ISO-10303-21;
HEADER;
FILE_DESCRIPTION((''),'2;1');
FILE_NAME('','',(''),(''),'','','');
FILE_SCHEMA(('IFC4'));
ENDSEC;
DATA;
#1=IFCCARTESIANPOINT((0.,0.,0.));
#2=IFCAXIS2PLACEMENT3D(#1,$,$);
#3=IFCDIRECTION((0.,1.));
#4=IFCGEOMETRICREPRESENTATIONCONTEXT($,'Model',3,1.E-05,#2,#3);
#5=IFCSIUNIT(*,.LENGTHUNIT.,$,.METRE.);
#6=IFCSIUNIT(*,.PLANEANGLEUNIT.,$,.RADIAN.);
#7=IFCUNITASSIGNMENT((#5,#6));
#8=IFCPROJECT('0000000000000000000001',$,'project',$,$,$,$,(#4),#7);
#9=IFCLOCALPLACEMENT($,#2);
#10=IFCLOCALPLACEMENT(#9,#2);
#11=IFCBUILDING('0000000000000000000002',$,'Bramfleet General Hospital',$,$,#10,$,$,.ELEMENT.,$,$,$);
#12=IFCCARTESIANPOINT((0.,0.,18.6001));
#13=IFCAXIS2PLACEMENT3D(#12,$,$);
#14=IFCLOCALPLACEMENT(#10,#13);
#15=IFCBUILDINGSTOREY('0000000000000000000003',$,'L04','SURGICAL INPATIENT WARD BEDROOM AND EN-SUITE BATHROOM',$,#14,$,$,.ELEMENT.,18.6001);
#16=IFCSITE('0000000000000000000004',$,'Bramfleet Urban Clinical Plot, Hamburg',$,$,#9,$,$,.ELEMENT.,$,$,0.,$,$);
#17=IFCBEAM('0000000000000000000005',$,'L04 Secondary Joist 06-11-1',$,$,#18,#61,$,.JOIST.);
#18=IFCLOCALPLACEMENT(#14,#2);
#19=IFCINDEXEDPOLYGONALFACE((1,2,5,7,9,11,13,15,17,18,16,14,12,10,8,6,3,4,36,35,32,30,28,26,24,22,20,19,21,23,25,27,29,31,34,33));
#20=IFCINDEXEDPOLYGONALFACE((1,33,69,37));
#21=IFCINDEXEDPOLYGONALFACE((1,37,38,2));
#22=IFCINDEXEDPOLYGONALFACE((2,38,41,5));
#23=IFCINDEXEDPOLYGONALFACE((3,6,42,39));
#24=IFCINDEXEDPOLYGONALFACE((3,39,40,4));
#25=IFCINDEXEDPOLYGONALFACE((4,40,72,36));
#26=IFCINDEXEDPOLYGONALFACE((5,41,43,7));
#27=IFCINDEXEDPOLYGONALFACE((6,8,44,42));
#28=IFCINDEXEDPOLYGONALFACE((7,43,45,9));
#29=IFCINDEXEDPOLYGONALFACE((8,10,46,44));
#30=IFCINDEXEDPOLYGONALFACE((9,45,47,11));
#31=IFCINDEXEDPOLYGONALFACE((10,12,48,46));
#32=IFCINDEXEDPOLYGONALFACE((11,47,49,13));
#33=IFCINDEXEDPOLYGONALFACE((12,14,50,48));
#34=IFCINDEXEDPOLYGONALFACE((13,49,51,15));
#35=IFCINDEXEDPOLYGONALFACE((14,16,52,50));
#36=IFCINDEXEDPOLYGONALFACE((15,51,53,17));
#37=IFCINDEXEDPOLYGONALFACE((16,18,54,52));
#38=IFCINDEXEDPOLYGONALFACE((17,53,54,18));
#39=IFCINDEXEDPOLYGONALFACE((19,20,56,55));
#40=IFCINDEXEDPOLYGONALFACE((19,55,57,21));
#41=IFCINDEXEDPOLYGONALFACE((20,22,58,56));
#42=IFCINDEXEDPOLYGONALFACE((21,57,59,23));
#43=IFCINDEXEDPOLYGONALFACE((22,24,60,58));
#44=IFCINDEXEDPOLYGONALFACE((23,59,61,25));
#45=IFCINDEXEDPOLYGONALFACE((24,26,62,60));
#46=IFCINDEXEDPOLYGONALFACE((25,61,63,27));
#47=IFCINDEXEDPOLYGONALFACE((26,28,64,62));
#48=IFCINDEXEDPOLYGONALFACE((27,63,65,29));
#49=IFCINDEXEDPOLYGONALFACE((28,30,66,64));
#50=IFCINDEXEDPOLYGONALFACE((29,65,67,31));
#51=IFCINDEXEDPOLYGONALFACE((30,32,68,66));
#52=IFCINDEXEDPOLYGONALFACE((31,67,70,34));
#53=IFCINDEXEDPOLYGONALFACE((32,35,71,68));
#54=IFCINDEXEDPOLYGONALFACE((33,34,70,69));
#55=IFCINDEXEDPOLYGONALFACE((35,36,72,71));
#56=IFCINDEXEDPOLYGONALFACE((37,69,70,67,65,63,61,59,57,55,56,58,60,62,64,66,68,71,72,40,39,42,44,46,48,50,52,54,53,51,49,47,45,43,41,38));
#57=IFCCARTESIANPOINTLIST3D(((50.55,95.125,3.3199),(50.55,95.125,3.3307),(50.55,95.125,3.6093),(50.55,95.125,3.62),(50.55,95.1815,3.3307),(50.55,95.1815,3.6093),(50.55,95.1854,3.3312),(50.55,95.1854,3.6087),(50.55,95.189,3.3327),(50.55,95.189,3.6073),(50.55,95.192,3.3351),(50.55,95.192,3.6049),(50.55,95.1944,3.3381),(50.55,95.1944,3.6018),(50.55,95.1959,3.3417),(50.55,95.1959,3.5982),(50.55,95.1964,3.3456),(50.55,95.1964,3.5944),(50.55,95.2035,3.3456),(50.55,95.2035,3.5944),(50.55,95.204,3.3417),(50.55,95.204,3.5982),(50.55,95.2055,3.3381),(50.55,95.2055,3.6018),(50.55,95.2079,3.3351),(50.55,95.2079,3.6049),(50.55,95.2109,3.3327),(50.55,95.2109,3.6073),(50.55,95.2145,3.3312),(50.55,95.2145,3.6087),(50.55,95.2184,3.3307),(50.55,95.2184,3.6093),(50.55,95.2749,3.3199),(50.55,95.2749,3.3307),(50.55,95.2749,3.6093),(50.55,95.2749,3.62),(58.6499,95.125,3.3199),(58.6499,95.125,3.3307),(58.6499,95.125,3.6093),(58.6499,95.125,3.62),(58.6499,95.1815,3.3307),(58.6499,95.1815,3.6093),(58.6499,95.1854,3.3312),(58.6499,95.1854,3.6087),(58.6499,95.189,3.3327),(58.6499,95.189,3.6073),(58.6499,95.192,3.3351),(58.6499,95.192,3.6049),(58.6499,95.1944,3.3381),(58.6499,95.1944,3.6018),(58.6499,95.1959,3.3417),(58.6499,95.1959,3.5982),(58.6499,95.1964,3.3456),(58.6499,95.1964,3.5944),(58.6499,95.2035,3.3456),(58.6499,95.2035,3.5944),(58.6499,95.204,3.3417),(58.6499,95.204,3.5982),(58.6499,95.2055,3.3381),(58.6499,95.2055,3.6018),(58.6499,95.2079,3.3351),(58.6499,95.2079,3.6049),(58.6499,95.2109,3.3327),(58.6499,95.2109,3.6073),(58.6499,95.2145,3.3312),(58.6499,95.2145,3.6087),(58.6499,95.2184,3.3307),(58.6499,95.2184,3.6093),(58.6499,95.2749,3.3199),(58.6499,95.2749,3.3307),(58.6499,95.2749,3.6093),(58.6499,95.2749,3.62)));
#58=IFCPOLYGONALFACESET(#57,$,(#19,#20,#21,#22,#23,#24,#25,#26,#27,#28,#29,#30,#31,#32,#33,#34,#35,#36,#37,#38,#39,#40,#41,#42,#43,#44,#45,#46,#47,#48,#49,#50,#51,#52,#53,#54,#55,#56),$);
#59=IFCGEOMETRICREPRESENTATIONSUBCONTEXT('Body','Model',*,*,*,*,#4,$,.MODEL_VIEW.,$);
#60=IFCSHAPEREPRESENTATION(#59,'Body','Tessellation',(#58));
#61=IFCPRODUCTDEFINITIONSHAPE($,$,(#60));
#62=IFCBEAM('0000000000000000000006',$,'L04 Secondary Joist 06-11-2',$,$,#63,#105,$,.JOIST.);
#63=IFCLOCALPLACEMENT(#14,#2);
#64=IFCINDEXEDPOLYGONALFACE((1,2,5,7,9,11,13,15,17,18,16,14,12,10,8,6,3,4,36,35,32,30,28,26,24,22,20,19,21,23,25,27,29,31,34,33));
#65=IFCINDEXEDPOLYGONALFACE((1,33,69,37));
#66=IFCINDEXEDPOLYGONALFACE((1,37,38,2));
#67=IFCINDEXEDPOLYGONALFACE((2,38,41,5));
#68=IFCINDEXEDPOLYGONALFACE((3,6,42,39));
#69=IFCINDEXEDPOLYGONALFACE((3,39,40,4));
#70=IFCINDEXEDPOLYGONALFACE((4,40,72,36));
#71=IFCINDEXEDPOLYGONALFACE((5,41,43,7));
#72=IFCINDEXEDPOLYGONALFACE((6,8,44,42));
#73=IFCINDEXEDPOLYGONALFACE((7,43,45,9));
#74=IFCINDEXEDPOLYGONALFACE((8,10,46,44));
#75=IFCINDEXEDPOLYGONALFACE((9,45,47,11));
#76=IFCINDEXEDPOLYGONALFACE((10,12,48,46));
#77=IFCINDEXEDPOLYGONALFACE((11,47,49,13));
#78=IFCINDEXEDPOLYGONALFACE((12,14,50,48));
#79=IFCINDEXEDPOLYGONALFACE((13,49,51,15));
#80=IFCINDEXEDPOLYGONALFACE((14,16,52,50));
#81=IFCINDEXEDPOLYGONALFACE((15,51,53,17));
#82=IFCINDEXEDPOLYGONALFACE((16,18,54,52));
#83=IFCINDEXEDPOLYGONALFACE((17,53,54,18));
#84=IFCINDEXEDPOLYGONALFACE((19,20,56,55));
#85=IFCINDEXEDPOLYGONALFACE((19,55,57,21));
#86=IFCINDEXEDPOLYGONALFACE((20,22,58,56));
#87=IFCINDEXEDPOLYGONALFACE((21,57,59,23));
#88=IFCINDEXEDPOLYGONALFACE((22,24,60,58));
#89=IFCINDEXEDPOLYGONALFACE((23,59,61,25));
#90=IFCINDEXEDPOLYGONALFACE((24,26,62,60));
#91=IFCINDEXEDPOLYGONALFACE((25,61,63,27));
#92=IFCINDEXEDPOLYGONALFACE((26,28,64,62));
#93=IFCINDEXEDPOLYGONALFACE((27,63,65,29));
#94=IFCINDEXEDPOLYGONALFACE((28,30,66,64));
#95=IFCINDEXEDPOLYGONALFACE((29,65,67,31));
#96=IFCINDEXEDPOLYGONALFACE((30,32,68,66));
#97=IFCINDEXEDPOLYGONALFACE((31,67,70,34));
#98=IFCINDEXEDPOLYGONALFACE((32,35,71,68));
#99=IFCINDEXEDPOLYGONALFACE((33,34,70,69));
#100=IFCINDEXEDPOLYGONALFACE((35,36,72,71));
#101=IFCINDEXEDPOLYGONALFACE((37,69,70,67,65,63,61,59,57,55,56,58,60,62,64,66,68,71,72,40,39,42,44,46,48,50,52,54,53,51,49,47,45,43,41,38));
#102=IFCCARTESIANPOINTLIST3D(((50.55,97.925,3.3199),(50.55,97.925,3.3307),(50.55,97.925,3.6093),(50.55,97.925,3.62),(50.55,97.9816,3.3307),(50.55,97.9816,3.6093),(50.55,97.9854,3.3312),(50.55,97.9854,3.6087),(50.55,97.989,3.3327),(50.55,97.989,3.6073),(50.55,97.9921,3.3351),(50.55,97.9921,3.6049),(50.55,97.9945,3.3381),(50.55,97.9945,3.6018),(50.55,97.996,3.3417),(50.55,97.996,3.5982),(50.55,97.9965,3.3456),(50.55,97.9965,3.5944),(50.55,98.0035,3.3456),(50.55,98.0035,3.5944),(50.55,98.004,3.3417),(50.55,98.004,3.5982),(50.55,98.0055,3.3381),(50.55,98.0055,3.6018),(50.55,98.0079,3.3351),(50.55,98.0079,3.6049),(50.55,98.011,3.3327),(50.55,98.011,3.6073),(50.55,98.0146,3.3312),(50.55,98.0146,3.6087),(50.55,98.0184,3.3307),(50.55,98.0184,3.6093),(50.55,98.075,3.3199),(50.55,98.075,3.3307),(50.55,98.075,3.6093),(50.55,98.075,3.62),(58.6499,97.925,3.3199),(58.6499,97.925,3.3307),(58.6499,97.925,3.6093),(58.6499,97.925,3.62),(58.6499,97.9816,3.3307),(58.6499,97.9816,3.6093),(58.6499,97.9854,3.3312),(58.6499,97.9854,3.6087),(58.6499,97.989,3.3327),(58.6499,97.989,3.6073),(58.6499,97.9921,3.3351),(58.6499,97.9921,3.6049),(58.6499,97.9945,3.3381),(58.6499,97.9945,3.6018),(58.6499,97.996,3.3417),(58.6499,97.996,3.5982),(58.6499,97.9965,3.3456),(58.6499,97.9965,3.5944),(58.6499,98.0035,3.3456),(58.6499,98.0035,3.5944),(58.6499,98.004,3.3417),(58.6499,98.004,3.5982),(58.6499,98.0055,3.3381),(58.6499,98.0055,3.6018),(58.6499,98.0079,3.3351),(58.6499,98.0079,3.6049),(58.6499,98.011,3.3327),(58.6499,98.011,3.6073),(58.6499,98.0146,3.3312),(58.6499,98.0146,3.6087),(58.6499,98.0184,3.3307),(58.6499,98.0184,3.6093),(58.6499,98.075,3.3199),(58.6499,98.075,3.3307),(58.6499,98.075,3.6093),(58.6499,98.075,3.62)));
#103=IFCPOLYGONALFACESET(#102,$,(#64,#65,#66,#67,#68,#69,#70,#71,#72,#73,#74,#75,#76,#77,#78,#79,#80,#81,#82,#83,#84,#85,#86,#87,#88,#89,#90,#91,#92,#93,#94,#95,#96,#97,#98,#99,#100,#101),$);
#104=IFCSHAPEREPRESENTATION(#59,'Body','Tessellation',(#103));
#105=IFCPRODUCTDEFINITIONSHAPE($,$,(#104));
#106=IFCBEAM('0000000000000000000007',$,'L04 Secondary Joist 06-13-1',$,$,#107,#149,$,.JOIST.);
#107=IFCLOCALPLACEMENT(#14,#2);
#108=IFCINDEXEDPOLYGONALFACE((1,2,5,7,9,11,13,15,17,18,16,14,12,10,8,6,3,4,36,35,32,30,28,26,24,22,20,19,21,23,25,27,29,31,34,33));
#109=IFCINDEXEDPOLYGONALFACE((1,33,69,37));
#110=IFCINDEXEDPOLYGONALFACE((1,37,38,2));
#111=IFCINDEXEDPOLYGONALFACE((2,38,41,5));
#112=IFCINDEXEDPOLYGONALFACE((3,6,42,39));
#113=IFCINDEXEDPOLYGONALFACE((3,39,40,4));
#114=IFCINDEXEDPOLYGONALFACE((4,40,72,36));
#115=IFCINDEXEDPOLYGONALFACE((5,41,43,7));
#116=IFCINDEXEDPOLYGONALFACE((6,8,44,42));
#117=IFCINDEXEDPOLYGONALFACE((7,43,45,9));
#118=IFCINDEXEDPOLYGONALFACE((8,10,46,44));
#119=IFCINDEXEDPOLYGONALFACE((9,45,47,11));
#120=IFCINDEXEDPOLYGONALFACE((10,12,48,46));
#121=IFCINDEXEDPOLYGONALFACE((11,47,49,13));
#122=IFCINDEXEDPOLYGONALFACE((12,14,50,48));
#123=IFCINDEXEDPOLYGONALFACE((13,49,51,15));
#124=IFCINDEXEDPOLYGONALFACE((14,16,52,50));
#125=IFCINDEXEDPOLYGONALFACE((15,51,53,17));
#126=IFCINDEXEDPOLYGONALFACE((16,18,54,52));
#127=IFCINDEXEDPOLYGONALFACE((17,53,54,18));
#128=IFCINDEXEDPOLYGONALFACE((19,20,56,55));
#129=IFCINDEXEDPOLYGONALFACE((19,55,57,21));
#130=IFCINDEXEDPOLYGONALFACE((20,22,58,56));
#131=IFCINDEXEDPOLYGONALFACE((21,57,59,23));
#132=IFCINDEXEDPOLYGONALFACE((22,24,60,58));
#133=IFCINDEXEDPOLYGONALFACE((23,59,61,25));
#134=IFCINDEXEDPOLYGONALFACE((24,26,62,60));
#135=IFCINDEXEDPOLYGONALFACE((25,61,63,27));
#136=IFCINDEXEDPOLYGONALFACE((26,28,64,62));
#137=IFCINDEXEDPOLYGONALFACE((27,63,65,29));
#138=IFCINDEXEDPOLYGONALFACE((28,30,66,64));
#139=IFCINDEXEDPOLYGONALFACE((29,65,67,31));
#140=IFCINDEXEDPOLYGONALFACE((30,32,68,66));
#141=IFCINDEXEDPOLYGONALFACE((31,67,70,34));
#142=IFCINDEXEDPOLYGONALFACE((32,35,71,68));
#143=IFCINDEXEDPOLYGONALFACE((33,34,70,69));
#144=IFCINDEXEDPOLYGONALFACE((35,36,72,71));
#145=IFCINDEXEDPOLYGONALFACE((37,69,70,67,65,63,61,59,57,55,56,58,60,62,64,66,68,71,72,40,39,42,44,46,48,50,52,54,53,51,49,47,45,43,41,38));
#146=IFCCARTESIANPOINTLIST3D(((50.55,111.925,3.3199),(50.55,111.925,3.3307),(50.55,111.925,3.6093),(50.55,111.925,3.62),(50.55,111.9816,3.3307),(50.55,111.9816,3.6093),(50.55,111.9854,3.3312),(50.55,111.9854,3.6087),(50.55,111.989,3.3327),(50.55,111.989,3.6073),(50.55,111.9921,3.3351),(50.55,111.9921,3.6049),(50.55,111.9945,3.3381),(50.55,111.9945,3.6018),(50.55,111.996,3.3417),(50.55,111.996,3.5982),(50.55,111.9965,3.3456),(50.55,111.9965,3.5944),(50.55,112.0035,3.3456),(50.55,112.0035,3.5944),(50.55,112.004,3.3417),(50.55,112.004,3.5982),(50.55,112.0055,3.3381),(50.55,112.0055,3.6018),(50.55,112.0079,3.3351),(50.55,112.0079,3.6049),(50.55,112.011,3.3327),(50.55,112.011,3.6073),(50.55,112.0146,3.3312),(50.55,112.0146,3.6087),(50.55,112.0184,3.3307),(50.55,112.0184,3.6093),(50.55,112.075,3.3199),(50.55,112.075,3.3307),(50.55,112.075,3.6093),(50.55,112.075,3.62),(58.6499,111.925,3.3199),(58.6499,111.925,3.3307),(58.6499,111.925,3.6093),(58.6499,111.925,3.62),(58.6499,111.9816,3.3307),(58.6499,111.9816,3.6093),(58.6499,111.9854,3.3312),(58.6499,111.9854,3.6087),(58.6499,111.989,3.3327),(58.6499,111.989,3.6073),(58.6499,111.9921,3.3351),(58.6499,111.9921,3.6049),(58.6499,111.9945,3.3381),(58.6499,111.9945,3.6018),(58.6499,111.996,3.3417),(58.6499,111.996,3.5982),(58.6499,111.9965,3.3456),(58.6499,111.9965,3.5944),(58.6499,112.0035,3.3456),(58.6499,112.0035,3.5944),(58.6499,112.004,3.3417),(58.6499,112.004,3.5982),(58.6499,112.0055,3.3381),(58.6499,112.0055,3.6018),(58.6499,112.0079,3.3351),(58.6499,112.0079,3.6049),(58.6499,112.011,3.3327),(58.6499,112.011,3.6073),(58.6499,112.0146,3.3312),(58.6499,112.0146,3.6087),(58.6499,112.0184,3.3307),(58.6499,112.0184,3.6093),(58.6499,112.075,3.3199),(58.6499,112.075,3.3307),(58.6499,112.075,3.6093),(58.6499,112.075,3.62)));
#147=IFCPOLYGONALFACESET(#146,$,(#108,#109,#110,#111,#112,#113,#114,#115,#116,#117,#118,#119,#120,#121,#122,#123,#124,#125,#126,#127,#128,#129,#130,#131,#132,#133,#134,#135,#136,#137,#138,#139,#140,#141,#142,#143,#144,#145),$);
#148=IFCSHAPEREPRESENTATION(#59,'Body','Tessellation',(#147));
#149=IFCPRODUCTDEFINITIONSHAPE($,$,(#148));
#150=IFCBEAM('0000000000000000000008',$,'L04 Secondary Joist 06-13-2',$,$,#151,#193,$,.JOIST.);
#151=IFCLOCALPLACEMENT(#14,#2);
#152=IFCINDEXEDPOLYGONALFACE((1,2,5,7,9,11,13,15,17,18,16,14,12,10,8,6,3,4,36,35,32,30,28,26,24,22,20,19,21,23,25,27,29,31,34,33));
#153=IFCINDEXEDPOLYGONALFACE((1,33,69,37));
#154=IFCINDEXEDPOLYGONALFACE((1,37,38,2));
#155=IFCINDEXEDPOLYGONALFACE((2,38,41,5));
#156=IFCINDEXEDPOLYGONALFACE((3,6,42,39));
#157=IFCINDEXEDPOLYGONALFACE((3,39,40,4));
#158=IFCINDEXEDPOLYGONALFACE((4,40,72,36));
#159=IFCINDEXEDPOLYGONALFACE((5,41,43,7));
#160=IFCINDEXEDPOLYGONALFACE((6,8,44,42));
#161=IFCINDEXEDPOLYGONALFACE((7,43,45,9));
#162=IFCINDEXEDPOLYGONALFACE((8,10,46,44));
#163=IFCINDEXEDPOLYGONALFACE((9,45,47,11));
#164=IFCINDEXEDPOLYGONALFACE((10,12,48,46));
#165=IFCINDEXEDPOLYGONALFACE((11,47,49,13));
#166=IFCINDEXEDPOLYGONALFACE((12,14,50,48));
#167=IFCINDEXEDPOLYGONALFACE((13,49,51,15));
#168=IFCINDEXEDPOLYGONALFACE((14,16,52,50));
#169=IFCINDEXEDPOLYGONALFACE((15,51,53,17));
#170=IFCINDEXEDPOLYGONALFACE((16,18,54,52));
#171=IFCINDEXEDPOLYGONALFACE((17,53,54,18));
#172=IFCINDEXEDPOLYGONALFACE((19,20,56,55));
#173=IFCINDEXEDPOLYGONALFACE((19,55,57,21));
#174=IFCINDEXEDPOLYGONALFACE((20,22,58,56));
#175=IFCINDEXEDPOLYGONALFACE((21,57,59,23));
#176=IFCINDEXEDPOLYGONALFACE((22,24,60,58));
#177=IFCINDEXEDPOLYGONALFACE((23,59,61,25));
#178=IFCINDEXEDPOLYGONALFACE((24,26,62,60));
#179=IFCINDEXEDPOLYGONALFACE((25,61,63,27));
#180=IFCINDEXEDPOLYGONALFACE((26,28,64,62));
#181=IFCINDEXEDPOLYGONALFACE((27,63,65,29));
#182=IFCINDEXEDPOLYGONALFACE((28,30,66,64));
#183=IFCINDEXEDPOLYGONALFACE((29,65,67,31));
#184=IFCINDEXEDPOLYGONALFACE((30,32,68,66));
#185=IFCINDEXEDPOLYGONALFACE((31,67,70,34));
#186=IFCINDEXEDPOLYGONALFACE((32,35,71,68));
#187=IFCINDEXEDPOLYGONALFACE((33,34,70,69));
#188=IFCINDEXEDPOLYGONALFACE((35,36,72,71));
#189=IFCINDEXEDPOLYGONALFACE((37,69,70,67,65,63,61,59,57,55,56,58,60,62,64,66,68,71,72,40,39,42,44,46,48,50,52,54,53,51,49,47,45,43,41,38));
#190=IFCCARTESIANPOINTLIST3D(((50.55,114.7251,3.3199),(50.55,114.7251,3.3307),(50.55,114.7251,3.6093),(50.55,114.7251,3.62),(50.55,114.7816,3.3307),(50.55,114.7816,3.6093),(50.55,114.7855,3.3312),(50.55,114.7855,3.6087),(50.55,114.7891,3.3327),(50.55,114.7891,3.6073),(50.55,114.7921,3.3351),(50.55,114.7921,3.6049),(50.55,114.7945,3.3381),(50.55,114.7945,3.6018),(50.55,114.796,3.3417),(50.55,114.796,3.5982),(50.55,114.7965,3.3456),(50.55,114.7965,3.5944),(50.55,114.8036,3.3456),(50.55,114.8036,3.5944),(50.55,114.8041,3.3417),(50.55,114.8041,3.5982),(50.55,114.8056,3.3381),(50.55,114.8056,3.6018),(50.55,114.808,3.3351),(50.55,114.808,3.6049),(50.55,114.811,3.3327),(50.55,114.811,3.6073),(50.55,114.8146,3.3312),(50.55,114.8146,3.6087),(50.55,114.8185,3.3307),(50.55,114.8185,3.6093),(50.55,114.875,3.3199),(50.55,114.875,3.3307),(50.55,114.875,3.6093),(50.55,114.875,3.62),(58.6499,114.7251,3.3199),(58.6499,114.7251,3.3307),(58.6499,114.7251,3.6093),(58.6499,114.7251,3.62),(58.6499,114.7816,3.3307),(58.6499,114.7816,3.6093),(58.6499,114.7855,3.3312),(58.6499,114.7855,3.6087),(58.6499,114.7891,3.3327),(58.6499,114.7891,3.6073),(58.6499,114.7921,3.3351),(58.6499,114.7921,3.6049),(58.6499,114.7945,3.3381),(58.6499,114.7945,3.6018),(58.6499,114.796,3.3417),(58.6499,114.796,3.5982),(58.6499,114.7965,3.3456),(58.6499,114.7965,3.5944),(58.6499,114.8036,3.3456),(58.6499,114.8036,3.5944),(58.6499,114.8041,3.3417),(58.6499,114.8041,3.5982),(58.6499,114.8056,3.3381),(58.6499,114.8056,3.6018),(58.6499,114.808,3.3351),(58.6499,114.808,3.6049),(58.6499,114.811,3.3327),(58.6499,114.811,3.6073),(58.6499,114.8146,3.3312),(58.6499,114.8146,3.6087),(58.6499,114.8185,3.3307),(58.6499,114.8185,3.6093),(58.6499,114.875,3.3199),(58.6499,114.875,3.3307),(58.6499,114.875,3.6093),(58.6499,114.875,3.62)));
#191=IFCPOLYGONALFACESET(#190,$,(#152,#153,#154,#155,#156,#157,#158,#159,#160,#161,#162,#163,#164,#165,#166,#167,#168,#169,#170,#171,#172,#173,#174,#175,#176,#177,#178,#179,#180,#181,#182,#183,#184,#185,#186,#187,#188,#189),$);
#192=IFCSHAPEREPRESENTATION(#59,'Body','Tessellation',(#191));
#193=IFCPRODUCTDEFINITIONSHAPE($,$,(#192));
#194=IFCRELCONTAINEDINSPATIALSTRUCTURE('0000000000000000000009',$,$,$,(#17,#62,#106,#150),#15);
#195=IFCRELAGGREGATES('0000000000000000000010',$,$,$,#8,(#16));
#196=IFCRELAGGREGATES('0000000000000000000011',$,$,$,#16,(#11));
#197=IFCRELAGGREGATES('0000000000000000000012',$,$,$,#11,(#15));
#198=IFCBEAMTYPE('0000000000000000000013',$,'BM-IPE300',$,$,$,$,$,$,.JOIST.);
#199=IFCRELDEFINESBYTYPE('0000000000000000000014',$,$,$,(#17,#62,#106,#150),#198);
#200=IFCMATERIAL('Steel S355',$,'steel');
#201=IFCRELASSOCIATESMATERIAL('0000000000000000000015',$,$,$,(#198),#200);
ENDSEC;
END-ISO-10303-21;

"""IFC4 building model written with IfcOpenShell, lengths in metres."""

from ifc_helpers import new_model, si_unit, direction, frame, origin, origin_2d, place, context, subcontext, project, spatial, i_section, extrude, material, material_profile, profile_set, type_object, element, save


model = new_model("IFC4")

# Units and contexts
model_context = context("Model", 3, precision=1e-05, world=origin(), true_north=direction((0.0, 1.0)))
body_context = subcontext(model_context, "Body", "Model", "MODEL_VIEW")
ifc_project = project(units=[si_unit("LENGTHUNIT", "METRE"), si_unit("PLANEANGLEUNIT", "RADIAN")], contexts=[model_context])

# Site, building, storey
site_placement = place(None, origin())
site = spatial("IfcSite", under=ifc_project, at=site_placement, Name="Bramfleet Urban Clinical Plot, Hamburg", CompositionType="ELEMENT", RefElevation=0.0)
building_placement = place(site_placement, origin())
building = spatial("IfcBuilding", under=site, at=building_placement, Name="Bramfleet General Hospital", CompositionType="ELEMENT")
storey_placement = place(building_placement, frame((0.0, 0.0, 18.6001)))
storey = spatial("IfcBuildingStorey", under=building, at=storey_placement, Name="L04", Description="SURGICAL INPATIENT WARD BEDROOM AND EN-SUITE BATHROOM", CompositionType="ELEMENT", Elevation=18.6001)

# Beams
ifc_material_1 = material(Name="Steel S355", Category="steel")
ifc_material_profile_1 = material_profile(ifc_material_1, i_section(OverallWidth=0.1499, OverallDepth=0.3, WebThickness=0.0071, FlangeThickness=0.0107, FilletRadius=0.0149, at=origin_2d()), Name="IPE 300")
ifc_profile_set_1 = profile_set([ifc_material_profile_1], Name="Steel S355")
beam_type_1 = type_object("IfcBeamType", Name="BM-IPE300", PredefinedType="JOIST", material=ifc_profile_set_1)
for number, where, z_axis, x_axis, name in (
    (1, (50.55, 95.2, 3.47), (1.0, 0.0, 0.0), (0.0, 1.0, 0.0), "L04 Secondary Joist 06-11-1"),
    (2, (50.55, 98.0, 3.47), (1.0, 0.0, 0.0), (0.0, 1.0, 0.0), "L04 Secondary Joist 06-11-2"),
    (3, (50.55, 112.0, 3.47), (1.0, 0.0, 0.0), (0.0, 1.0, 0.0), "L04 Secondary Joist 06-13-1"),
    (4, (50.55, 114.8, 3.47), (1.0, 0.0, 0.0), (0.0, 1.0, 0.0), "L04 Secondary Joist 06-13-2"),
):
    element("IfcBeam", number, at=place(storey_placement, frame(where, z_axis=z_axis, x_axis=x_axis)), inside=storey, type_object=beam_type_1, Name=name, PredefinedType="JOIST", context=body_context, shape_type="SweptSolid", body=[
        extrude(i_section(OverallWidth=0.1499, OverallDepth=0.3, WebThickness=0.0071, FlangeThickness=0.0107, FilletRadius=0.0149, at=origin_2d()), origin(), (0.0, 0.0, 1.0), 8.0999),
    ])

save(model, "model.ifc")
